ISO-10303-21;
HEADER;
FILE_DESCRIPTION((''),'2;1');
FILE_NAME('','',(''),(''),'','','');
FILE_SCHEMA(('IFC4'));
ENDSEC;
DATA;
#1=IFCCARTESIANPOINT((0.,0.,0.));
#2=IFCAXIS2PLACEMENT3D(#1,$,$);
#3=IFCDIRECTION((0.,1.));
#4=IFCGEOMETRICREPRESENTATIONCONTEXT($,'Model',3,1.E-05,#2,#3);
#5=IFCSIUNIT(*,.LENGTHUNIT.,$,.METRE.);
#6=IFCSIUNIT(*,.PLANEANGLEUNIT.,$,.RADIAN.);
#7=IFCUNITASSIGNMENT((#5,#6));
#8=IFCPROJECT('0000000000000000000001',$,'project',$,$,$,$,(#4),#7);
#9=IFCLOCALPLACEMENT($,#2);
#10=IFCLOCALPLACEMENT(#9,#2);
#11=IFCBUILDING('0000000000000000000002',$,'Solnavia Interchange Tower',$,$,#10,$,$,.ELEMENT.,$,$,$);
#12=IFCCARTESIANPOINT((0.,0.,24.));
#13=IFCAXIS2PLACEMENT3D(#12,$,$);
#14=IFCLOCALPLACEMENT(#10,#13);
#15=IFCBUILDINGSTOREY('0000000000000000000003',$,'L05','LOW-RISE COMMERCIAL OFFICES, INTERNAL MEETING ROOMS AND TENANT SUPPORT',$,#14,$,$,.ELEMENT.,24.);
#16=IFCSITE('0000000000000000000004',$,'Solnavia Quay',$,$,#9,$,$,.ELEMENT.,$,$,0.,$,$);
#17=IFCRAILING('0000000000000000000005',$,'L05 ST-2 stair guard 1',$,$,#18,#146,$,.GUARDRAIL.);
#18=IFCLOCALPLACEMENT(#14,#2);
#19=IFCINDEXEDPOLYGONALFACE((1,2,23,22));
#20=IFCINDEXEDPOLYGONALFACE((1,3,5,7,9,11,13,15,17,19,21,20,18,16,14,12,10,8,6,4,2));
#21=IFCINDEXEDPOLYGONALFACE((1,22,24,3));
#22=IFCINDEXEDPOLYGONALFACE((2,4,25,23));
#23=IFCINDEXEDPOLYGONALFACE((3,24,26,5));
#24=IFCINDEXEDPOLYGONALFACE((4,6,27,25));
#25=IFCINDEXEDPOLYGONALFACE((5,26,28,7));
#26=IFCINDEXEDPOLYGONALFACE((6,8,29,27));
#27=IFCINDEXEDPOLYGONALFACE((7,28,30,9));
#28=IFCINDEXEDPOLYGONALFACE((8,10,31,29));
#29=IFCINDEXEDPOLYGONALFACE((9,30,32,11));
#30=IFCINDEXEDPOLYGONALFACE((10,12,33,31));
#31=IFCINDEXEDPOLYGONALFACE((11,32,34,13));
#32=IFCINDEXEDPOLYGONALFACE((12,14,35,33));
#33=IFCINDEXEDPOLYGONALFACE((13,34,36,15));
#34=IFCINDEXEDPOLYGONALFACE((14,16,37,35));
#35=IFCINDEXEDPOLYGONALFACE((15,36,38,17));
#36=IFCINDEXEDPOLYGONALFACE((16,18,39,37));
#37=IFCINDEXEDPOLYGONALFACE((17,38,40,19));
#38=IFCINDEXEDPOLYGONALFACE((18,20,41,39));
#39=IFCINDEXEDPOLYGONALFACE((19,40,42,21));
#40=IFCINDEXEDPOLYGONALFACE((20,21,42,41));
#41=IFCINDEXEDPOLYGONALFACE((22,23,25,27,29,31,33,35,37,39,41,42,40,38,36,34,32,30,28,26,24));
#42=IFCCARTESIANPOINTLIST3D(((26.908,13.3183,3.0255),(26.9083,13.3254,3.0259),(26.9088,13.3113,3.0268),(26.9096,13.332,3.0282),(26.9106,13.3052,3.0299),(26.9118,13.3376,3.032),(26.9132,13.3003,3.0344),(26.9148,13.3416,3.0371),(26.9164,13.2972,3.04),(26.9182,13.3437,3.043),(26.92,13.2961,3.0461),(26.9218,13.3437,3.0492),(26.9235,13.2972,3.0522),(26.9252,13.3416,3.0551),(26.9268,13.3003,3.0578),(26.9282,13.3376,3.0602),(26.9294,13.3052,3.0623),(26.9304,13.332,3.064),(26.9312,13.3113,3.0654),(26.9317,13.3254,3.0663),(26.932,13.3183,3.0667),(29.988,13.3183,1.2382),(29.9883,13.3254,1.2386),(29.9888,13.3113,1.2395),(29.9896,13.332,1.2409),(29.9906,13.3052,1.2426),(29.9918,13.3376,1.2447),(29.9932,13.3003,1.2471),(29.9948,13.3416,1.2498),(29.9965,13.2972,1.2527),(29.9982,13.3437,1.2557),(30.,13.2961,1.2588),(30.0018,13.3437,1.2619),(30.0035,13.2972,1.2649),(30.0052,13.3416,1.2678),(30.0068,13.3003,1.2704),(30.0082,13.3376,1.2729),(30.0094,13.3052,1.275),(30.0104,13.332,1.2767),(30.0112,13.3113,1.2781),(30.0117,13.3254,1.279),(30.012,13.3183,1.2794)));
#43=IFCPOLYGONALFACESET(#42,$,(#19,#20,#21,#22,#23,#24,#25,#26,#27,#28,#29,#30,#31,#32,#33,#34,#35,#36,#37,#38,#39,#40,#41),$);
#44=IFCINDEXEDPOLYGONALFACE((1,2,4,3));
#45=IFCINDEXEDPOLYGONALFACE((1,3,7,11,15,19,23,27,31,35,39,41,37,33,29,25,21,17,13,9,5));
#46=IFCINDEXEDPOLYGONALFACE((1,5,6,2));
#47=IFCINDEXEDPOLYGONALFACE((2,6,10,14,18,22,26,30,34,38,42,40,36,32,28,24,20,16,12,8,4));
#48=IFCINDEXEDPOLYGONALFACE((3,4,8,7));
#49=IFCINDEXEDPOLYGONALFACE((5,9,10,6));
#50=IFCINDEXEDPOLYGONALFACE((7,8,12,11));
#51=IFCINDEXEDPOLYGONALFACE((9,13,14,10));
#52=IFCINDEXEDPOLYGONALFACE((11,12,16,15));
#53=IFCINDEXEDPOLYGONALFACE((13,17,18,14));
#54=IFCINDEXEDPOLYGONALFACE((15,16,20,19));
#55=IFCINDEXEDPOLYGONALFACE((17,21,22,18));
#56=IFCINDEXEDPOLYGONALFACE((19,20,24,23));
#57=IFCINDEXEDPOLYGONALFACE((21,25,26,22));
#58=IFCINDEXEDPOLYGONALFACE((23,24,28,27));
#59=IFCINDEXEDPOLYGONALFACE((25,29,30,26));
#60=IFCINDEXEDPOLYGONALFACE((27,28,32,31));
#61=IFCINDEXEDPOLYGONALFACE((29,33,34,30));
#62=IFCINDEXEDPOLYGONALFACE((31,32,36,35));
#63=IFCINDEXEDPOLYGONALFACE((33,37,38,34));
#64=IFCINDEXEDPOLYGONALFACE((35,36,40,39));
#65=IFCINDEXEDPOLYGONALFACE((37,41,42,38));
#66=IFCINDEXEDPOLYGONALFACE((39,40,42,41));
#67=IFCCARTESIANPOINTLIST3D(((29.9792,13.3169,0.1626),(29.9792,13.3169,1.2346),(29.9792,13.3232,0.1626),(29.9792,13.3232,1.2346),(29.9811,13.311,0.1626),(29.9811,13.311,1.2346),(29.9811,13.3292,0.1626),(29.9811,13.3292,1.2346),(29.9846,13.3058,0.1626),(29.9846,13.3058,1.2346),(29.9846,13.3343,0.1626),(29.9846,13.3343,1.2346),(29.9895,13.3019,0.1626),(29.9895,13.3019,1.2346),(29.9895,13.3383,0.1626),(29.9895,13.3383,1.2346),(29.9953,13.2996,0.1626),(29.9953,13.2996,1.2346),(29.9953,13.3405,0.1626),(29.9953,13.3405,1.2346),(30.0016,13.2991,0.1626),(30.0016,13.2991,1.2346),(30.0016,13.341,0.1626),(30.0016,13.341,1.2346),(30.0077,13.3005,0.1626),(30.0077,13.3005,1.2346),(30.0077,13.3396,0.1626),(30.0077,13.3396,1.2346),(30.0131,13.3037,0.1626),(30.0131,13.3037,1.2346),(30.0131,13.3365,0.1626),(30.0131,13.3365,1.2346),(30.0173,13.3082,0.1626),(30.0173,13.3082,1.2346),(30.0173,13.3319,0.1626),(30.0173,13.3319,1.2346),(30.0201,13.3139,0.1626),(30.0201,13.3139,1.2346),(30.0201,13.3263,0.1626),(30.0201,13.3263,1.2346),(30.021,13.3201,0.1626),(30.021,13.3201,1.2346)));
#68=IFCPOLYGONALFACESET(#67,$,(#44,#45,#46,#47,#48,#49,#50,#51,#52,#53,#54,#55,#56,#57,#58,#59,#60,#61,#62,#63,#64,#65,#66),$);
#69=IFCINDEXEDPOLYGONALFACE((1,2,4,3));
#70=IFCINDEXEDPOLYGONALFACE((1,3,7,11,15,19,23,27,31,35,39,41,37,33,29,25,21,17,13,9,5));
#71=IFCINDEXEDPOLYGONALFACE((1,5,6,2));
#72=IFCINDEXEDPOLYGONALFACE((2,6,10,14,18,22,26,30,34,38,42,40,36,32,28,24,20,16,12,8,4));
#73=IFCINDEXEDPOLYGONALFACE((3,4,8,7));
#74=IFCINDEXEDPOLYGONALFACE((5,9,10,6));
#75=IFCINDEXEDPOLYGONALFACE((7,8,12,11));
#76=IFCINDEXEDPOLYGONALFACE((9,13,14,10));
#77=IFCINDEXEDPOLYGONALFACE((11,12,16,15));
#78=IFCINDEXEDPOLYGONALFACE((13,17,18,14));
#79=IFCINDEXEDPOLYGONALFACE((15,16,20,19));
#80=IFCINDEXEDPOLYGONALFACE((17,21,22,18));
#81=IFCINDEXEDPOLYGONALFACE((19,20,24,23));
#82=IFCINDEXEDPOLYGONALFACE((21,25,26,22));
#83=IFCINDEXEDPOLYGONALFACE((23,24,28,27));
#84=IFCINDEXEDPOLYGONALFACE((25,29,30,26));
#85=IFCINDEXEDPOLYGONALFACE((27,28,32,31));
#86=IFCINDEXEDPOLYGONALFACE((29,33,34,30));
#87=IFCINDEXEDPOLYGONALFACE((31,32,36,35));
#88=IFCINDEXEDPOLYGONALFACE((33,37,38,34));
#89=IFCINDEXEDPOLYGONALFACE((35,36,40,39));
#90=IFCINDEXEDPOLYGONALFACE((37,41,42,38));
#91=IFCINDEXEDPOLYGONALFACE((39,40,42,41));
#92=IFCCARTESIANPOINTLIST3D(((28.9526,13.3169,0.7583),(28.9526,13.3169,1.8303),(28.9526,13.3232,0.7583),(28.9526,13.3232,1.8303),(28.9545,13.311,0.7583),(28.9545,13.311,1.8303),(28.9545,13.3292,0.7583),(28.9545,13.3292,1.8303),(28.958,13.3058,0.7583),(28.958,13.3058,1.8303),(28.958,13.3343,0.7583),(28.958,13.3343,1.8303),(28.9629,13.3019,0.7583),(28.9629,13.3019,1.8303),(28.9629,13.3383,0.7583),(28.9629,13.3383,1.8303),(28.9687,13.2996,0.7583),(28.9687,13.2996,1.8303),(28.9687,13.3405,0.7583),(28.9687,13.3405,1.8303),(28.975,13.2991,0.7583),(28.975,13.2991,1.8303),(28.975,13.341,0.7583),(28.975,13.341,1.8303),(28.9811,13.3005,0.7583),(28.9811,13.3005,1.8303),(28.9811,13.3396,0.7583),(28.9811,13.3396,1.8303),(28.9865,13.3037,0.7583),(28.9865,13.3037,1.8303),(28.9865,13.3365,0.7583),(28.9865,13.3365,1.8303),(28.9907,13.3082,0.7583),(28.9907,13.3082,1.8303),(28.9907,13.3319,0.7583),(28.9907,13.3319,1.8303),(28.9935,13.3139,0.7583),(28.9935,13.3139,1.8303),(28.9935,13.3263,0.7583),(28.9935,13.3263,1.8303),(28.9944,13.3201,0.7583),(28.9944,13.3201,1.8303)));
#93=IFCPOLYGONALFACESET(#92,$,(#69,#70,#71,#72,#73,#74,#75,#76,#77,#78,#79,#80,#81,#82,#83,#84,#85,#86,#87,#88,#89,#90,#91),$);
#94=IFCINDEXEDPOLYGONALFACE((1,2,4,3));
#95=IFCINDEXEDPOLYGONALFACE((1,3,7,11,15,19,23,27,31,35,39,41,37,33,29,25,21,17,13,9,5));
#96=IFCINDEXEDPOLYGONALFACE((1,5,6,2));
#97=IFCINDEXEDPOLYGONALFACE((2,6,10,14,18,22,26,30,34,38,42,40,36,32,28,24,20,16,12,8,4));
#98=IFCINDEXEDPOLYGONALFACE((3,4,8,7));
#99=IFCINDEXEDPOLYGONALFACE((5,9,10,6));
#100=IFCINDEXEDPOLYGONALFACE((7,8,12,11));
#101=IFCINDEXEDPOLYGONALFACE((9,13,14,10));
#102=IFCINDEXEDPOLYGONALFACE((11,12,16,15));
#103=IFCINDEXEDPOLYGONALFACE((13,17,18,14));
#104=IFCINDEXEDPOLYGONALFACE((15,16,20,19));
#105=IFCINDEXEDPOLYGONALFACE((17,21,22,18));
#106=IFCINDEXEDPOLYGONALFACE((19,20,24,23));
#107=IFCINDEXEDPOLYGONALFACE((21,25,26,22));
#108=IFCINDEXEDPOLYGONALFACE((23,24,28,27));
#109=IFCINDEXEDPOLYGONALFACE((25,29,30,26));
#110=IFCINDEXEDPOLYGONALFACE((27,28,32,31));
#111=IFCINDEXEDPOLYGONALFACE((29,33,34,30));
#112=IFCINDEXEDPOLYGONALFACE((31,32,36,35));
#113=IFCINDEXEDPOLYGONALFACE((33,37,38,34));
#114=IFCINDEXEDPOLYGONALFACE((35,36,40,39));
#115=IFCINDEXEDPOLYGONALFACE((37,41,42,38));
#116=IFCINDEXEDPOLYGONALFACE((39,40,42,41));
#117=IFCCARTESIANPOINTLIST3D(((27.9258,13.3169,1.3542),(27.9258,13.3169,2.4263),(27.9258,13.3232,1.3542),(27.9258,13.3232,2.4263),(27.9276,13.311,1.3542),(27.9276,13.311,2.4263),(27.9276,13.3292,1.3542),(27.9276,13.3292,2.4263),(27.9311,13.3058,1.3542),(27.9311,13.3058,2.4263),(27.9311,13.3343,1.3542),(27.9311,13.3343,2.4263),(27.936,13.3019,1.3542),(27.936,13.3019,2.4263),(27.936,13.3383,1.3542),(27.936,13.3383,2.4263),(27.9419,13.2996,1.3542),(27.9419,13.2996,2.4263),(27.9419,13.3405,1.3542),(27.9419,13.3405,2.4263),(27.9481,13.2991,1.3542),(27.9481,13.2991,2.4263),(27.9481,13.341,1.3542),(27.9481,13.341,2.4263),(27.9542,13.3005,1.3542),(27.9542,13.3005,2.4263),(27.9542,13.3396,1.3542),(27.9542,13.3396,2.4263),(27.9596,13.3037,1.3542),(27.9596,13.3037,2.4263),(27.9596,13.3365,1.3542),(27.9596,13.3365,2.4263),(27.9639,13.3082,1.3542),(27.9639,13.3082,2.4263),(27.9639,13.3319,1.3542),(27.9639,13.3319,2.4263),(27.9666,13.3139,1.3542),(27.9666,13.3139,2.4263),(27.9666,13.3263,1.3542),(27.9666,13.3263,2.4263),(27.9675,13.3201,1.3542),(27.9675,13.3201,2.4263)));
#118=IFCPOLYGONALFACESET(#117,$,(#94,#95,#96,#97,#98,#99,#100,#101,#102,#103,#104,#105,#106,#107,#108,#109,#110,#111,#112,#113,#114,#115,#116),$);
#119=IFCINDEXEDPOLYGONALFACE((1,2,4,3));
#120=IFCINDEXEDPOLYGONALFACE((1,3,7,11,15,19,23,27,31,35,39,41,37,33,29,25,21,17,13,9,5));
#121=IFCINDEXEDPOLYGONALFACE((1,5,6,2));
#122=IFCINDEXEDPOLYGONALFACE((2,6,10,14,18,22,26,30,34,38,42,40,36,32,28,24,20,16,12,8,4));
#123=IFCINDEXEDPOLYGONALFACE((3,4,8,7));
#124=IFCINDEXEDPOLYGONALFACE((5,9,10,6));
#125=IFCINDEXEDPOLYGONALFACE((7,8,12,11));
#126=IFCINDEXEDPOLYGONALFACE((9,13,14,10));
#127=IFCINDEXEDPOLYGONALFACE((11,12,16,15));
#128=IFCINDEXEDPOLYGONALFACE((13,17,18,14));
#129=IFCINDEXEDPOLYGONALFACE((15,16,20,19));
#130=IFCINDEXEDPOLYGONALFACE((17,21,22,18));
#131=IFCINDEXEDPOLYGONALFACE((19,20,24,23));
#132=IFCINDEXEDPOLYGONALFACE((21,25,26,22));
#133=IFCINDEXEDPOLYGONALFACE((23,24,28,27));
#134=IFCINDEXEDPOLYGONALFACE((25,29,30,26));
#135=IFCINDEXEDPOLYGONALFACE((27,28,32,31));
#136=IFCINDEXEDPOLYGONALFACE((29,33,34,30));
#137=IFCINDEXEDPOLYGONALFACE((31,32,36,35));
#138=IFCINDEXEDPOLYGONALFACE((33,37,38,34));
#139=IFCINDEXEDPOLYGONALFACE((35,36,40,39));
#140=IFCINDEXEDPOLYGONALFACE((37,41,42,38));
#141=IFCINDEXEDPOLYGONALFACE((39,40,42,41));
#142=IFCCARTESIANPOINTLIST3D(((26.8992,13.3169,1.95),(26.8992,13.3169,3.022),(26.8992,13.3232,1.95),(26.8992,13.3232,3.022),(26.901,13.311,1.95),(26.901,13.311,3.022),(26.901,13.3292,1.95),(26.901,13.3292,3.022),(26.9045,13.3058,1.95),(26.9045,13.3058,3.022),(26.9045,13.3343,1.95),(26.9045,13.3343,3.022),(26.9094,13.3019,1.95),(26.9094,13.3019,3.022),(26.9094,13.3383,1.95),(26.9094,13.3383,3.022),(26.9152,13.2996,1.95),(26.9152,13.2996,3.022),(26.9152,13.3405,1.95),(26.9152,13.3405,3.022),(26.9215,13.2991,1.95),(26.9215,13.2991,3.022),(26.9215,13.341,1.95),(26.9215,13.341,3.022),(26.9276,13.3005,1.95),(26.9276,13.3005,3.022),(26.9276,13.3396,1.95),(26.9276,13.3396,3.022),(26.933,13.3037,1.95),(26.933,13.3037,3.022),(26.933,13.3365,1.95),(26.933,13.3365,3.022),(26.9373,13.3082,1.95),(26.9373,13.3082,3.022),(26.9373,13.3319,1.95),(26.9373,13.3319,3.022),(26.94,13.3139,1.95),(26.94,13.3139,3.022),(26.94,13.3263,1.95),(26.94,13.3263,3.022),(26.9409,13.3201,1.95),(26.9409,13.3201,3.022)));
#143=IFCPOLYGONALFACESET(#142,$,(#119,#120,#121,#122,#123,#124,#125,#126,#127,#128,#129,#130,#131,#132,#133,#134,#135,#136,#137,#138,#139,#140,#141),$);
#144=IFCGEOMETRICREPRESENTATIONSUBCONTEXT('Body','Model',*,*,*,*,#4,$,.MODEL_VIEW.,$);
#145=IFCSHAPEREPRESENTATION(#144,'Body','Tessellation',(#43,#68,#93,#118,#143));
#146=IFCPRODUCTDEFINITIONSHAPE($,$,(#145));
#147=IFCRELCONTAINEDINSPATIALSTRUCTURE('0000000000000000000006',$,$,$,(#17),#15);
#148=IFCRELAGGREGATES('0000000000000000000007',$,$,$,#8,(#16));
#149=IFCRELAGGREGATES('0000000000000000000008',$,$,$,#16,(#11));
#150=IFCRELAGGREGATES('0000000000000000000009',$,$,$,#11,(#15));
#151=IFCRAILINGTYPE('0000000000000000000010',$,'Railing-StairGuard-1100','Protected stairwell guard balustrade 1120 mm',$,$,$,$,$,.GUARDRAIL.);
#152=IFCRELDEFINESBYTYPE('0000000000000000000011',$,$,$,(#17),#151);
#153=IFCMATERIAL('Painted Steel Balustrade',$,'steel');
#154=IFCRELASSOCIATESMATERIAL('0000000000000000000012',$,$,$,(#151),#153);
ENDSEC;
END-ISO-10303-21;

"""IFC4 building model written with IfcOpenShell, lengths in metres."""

from ifc_helpers import new_model, si_unit, direction, frame, origin, origin_2d, place, context, subcontext, project, spatial, circle, extrude, material, type_object, element, save


model = new_model("IFC4")

# Units and contexts
model_context = context("Model", 3, precision=1e-05, world=origin(), true_north=direction((0.0, 1.0)))
body_context = subcontext(model_context, "Body", "Model", "MODEL_VIEW")
ifc_project = project(units=[si_unit("LENGTHUNIT", "METRE"), si_unit("PLANEANGLEUNIT", "RADIAN")], contexts=[model_context])

# Site, building, storey
site_placement = place(None, origin())
site = spatial("IfcSite", under=ifc_project, at=site_placement, Name="Solnavia Quay", CompositionType="ELEMENT", RefElevation=0.0)
building_placement = place(site_placement, origin())
building = spatial("IfcBuilding", under=site, at=building_placement, Name="Solnavia Interchange Tower", CompositionType="ELEMENT")
storey_placement = place(building_placement, frame((0.0, 0.0, 24.0)))
storey = spatial("IfcBuildingStorey", under=building, at=storey_placement, Name="L05", Description="LOW-RISE COMMERCIAL OFFICES, INTERNAL MEETING ROOMS AND TENANT SUPPORT", CompositionType="ELEMENT", Elevation=24.0)

# Railing
ifc_material_1 = material(Name="Painted Steel Balustrade", Category="steel")
railing_type_1 = type_object("IfcRailingType", Name="Railing-StairGuard-1100", Description="Protected stairwell guard balustrade 1120 mm", PredefinedType="GUARDRAIL", material=ifc_material_1)
railing_1_placement = place(storey_placement, frame((30.0, 13.3201, 0.1626)))
element("IfcRailing", 1, at=railing_1_placement, inside=storey, type_object=railing_type_1, Name="L05 ST-2 stair guard 1", PredefinedType="GUARDRAIL", context=body_context, shape_type="SweptSolid", body=[
    extrude(circle(Radius=0.0239, at=origin_2d()), frame((0.0, 0.0, 1.0962), z_axis=(-0.86492, 0.0, 0.501909), x_axis=(0.0, -1.0, 0.0)), (0.0, 0.0, 1.0), 3.561),
    extrude(circle(Radius=0.021, at=origin_2d()), origin(), (0.0, 0.0, 1.0), 1.072),
    extrude(circle(Radius=0.021, at=origin_2d()), frame((-1.0266, 0.0, 0.5957)), (0.0, 0.0, 1.0), 1.072),
    extrude(circle(Radius=0.021, at=origin_2d()), frame((-2.0535, 0.0, 1.1917)), (0.0, 0.0, 1.0), 1.072),
    extrude(circle(Radius=0.021, at=origin_2d()), frame((-3.0801, 0.0, 1.7874)), (0.0, 0.0, 1.0), 1.072),
])

save(model, "model.ifc")
